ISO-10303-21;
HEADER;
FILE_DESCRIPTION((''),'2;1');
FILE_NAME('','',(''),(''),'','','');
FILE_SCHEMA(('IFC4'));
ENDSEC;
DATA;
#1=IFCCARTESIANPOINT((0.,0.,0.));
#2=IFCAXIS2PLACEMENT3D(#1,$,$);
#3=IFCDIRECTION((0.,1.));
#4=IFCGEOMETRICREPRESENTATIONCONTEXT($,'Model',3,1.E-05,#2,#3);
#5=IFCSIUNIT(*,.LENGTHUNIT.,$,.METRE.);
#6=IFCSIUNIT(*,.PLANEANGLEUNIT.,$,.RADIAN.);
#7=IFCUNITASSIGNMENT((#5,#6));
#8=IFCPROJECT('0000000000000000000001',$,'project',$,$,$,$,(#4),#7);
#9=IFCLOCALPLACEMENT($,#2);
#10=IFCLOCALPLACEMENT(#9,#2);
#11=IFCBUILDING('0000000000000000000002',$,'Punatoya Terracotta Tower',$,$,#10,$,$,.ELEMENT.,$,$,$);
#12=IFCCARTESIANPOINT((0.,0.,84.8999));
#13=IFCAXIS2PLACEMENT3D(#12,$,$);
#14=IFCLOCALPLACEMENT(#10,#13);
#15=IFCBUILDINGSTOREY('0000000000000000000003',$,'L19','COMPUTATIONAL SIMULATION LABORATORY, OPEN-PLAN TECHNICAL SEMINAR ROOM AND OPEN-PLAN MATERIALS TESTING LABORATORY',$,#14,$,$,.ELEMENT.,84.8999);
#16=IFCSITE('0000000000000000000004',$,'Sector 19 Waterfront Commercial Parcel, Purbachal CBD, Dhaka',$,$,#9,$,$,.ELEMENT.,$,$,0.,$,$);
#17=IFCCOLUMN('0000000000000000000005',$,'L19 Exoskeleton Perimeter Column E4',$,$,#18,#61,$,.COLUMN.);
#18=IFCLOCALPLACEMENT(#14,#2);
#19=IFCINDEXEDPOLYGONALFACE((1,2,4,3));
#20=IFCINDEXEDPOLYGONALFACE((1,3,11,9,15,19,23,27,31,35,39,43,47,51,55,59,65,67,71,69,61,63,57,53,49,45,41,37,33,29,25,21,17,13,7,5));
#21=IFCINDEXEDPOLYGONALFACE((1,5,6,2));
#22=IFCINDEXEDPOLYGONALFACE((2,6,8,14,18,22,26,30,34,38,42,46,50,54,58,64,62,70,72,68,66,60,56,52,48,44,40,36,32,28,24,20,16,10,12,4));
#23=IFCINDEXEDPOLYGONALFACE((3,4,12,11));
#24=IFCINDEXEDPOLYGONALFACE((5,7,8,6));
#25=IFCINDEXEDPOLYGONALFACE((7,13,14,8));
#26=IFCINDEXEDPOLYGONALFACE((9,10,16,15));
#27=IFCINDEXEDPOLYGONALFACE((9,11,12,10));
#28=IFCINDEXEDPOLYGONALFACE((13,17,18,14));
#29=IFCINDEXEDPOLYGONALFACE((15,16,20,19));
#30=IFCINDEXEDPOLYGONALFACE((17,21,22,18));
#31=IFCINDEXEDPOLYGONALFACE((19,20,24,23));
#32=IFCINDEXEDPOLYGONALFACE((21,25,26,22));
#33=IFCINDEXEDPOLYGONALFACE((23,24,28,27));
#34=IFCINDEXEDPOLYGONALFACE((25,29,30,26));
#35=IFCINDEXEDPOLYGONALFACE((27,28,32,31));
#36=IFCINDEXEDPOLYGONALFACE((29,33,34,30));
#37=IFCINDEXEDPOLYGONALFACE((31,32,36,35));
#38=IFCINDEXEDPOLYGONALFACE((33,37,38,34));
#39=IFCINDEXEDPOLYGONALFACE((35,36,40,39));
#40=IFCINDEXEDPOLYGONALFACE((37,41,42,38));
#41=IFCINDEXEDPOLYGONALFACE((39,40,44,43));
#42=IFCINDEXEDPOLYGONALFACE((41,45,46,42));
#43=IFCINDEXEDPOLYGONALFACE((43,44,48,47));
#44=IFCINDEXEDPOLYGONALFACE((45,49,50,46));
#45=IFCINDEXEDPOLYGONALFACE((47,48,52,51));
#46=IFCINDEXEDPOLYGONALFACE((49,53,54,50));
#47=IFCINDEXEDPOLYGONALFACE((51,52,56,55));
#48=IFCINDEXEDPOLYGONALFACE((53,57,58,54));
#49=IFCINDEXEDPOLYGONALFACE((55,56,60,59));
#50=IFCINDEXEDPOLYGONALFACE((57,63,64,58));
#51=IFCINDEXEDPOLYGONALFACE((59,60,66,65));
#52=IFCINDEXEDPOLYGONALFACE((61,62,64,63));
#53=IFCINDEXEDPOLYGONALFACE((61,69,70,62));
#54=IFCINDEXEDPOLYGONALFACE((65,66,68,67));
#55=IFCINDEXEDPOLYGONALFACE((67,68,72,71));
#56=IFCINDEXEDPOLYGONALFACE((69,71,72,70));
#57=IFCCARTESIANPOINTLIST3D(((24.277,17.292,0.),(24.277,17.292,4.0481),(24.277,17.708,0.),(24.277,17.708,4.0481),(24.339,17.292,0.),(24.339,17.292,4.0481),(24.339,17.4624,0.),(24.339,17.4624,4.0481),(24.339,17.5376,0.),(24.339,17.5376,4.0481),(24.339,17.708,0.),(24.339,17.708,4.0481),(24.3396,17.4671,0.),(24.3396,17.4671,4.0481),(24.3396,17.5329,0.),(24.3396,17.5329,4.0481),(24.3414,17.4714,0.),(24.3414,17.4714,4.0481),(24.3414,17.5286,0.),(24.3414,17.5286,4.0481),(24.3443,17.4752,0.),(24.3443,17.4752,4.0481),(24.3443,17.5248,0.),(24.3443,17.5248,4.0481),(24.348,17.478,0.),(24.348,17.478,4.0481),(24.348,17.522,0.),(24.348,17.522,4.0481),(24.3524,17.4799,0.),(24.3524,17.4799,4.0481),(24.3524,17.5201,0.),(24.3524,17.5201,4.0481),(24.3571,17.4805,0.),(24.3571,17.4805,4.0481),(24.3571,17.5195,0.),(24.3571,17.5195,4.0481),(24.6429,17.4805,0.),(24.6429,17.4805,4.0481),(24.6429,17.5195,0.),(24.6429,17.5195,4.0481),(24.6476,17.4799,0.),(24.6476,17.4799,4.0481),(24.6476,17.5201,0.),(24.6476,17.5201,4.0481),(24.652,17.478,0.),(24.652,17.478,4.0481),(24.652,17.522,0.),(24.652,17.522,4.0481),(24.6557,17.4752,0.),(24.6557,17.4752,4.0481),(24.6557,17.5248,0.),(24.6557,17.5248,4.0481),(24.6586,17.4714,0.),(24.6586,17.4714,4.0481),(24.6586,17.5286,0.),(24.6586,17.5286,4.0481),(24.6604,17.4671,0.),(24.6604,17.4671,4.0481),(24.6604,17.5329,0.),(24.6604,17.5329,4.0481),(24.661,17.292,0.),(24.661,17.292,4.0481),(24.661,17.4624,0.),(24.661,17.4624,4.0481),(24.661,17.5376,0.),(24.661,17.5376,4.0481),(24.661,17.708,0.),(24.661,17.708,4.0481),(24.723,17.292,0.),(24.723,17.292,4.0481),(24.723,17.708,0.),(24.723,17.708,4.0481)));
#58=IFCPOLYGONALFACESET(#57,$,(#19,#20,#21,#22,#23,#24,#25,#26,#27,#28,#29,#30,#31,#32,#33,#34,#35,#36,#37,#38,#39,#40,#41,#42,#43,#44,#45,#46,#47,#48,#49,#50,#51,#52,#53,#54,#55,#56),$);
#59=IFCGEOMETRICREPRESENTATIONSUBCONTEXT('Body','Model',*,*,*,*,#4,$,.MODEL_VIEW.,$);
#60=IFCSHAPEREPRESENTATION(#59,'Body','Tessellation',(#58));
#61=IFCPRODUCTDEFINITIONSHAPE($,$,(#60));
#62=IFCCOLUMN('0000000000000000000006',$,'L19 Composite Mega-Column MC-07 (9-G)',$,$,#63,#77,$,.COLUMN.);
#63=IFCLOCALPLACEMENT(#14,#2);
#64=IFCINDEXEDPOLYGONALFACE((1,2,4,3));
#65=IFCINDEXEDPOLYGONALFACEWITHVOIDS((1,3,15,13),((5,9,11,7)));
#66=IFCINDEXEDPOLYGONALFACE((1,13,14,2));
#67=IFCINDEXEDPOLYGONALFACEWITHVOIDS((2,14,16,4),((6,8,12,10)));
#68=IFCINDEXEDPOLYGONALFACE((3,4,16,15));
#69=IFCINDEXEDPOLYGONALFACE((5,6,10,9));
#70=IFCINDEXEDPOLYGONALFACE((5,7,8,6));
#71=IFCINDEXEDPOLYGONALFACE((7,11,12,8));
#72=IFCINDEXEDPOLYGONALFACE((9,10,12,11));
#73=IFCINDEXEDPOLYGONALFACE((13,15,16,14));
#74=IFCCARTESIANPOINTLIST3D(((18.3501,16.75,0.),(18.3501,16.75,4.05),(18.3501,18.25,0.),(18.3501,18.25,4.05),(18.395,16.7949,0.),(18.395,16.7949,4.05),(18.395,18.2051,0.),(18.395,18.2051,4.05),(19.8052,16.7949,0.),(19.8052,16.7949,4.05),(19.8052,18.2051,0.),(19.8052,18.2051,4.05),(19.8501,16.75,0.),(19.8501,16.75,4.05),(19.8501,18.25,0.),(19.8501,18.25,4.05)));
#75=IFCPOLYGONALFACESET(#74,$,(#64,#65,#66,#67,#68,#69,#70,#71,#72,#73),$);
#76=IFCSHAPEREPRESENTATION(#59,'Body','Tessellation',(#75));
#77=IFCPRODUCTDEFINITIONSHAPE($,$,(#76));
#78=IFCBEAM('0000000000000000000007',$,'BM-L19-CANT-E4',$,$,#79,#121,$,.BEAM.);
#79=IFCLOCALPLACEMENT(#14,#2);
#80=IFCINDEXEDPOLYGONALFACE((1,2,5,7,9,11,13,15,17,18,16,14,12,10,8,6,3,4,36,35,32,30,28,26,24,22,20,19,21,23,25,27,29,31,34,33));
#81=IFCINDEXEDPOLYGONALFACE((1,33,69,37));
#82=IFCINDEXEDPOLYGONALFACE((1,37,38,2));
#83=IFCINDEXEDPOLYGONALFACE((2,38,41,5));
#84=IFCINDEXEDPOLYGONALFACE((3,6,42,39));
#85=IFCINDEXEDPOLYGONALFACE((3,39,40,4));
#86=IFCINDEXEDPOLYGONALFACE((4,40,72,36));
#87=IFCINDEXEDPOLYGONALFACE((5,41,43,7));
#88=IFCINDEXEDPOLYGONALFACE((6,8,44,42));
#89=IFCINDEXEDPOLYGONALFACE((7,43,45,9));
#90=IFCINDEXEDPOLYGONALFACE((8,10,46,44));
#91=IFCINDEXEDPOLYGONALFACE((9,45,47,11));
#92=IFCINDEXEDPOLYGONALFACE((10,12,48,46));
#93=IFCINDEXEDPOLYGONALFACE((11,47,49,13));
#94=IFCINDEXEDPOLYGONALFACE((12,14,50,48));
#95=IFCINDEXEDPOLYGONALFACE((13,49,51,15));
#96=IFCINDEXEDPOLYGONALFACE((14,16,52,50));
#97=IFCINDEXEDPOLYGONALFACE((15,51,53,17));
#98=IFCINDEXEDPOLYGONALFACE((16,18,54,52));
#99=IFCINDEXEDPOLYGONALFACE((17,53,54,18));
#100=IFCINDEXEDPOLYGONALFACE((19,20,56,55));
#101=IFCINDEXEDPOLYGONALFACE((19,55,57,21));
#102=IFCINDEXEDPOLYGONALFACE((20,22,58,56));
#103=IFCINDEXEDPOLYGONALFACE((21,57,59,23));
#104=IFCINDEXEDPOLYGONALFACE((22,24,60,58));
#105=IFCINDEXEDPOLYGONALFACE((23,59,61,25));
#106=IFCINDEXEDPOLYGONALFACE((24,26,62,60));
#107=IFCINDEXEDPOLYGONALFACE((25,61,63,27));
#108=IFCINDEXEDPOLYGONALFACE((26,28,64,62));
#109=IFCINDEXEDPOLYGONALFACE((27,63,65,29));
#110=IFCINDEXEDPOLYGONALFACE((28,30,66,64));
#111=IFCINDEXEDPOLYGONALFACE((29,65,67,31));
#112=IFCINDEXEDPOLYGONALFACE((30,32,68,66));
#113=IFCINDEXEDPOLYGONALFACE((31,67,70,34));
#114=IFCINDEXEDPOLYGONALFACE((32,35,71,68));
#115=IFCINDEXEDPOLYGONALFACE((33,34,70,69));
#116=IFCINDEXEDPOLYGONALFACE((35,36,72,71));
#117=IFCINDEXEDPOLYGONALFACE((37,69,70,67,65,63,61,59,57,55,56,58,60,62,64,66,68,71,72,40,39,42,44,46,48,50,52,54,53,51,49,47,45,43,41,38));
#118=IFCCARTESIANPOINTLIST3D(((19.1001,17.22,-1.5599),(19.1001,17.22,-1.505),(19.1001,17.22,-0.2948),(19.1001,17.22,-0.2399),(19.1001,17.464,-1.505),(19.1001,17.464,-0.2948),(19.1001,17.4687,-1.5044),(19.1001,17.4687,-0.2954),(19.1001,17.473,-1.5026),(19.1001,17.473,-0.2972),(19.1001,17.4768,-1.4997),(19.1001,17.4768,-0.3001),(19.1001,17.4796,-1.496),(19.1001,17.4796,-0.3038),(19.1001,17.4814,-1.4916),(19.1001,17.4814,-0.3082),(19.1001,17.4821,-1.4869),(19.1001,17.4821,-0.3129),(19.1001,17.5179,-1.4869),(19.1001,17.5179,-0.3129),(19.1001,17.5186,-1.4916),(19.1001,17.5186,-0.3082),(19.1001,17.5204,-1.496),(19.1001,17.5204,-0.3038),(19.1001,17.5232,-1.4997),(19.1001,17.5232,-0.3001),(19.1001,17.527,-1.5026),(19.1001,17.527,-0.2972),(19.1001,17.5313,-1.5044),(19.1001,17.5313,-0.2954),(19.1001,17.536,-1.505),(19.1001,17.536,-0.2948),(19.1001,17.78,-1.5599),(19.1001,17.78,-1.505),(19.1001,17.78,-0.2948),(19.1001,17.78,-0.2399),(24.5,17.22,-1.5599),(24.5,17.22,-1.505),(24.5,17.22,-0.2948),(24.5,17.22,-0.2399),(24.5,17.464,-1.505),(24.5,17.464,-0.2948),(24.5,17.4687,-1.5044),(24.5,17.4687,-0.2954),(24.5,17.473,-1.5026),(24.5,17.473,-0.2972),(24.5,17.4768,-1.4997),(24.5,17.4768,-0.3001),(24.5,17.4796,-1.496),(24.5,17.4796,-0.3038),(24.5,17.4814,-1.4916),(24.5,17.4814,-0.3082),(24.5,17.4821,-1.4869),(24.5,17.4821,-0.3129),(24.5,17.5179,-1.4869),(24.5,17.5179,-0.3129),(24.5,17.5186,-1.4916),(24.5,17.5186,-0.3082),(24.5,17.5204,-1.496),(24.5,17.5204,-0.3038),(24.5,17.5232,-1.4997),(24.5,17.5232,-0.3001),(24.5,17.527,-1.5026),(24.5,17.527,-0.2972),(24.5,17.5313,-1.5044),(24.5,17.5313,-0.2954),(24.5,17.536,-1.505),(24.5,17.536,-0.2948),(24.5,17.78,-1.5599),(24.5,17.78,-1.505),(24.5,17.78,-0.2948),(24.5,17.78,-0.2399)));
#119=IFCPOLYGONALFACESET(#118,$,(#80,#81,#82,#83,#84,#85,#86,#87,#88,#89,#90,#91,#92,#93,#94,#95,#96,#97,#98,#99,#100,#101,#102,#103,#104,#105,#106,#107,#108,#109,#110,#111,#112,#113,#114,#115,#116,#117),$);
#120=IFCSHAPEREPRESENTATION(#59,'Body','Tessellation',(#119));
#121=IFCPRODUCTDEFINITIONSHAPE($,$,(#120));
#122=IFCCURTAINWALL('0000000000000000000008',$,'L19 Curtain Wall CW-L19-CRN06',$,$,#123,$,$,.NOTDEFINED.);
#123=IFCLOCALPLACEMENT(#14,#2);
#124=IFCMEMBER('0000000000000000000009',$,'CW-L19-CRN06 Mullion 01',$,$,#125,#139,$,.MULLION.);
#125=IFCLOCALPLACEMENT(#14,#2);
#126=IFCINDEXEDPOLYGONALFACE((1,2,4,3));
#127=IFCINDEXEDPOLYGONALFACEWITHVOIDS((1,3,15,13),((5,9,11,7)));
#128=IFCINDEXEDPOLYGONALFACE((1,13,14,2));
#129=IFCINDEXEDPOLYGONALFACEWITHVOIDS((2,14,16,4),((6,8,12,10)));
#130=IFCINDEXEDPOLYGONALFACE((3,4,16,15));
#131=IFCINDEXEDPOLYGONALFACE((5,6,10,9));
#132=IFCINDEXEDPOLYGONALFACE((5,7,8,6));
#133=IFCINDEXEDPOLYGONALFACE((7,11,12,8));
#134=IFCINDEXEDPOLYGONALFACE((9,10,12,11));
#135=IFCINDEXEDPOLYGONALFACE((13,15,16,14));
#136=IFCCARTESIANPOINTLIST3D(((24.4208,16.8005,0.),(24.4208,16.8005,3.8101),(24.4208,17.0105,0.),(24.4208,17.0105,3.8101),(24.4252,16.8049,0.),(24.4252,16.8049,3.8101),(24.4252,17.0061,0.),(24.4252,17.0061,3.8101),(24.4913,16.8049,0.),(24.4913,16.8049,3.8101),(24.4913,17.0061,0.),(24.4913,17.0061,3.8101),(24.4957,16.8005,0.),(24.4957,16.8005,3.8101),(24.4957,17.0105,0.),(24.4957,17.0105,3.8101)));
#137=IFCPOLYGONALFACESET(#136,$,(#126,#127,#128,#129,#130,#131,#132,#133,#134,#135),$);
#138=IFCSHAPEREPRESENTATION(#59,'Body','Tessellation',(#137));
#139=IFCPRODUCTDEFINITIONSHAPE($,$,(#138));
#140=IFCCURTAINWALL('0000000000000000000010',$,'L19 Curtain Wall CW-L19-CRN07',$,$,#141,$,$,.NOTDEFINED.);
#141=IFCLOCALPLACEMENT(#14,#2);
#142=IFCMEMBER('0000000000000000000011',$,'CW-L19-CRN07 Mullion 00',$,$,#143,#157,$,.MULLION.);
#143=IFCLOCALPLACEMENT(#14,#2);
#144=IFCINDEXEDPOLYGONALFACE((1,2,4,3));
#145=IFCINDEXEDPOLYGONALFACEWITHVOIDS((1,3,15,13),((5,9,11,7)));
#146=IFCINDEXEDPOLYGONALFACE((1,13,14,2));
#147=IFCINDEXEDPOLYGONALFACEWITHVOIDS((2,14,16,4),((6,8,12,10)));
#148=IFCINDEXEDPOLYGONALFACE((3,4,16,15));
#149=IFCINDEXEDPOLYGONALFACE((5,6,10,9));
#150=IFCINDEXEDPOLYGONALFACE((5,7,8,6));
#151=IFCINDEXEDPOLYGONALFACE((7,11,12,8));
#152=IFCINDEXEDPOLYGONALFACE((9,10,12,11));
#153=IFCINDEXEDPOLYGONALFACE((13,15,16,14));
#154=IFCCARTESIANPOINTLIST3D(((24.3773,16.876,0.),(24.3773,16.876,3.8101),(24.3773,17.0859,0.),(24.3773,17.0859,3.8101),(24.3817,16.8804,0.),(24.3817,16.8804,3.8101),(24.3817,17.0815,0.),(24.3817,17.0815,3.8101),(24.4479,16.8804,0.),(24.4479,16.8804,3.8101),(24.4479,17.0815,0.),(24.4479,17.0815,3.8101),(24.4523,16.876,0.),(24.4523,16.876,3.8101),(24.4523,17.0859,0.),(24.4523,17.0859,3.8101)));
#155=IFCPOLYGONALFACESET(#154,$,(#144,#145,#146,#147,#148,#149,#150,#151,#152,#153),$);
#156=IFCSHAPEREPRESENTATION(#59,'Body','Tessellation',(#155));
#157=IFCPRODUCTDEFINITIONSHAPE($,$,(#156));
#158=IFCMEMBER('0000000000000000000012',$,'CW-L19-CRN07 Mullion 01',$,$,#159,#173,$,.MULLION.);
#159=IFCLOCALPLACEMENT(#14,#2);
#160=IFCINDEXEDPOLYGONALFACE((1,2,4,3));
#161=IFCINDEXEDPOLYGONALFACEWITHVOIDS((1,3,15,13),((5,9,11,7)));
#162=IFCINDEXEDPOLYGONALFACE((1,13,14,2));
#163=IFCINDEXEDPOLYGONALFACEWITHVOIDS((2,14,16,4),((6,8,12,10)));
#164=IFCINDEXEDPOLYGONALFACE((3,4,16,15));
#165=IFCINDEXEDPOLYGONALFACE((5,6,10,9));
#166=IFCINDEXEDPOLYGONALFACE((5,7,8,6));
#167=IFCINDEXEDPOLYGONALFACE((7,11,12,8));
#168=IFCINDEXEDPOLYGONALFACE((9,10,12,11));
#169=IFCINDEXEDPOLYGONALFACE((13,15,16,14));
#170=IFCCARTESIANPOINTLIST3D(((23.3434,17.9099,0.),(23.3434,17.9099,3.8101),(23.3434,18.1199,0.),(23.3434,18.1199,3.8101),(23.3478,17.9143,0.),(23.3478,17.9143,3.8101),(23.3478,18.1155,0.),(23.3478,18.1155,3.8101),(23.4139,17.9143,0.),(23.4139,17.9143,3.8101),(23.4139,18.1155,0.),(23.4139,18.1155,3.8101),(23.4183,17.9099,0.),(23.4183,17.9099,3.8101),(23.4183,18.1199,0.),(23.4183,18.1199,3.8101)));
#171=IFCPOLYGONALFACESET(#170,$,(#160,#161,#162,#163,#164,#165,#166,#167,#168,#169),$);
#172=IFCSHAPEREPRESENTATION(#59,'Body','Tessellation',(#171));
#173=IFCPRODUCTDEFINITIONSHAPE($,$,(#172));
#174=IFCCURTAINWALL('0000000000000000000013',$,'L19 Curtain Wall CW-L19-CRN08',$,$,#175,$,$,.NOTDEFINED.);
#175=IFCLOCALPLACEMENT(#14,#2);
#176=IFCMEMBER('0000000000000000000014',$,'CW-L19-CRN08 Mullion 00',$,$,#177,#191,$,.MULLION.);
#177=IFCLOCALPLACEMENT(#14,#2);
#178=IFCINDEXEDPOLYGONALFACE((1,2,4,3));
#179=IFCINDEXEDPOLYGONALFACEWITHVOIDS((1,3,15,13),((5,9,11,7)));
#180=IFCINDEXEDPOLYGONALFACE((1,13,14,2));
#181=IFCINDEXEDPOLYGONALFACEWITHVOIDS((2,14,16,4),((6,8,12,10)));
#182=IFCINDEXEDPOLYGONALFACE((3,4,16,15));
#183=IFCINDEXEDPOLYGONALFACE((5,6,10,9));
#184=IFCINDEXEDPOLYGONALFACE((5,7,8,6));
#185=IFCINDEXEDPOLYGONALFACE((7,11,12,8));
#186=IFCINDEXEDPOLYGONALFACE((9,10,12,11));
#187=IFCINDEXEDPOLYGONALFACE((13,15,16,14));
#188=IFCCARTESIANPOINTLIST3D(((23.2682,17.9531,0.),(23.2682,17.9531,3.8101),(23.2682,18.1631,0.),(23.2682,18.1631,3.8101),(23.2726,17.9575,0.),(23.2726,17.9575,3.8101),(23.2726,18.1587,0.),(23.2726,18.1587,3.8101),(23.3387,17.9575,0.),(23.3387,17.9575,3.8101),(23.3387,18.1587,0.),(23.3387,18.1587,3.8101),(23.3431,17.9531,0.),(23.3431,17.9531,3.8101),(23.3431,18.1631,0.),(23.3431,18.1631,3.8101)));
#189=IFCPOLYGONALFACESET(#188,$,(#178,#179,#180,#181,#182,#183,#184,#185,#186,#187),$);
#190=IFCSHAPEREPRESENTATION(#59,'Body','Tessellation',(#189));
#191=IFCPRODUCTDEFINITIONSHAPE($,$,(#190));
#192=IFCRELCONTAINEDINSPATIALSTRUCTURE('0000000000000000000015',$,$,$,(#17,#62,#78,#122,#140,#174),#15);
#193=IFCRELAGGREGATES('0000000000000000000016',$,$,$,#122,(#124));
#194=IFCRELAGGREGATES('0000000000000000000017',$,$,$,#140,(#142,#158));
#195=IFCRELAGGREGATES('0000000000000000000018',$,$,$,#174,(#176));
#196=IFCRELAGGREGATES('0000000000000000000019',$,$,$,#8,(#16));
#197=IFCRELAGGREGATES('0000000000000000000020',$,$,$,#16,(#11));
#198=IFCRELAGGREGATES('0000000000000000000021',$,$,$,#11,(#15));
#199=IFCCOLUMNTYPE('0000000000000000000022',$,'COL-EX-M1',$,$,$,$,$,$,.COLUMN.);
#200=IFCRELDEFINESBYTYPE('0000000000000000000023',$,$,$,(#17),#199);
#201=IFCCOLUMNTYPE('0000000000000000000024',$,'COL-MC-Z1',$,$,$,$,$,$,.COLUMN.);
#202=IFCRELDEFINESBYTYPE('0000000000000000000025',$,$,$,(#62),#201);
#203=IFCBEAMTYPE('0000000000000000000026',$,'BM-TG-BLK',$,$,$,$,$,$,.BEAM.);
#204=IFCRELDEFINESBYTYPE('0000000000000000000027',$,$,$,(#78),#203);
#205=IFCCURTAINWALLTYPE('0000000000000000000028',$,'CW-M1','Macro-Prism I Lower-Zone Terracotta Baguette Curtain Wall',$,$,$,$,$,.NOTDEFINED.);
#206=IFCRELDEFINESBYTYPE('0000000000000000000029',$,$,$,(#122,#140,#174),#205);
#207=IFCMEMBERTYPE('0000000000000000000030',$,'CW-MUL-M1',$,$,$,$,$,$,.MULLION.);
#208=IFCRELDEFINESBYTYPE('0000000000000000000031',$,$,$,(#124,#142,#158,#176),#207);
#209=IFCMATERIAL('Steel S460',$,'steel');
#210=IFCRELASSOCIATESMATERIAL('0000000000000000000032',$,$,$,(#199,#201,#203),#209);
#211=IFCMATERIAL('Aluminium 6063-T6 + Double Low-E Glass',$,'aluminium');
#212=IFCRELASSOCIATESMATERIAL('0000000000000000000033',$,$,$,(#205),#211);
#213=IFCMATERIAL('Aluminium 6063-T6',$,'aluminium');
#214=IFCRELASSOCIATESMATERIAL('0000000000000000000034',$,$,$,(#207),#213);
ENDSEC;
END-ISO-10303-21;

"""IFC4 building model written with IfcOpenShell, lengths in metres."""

from ifc_helpers import new_model, si_unit, direction, frame, origin, origin_2d, place, context, subcontext, project, spatial, hollow_rectangle, i_section, extrude, material, material_profile, profile_set, type_object, element, aggregate, save


model = new_model("IFC4")

# Units and contexts
model_context = context("Model", 3, precision=1e-05, world=origin(), true_north=direction((0.0, 1.0)))
body_context = subcontext(model_context, "Body", "Model", "MODEL_VIEW")
ifc_project = project(units=[si_unit("LENGTHUNIT", "METRE"), si_unit("PLANEANGLEUNIT", "RADIAN")], contexts=[model_context])

# Site, building, storey
site_placement = place(None, origin())
site = spatial("IfcSite", under=ifc_project, at=site_placement, Name="Sector 19 Waterfront Commercial Parcel, Purbachal CBD, Dhaka", CompositionType="ELEMENT", RefElevation=0.0)
building_placement = place(site_placement, origin())
building = spatial("IfcBuilding", under=site, at=building_placement, Name="Punatoya Terracotta Tower", CompositionType="ELEMENT")
storey_placement = place(building_placement, frame((0.0, 0.0, 84.8999)))
storey = spatial("IfcBuildingStorey", under=building, at=storey_placement, Name="L19", Description="COMPUTATIONAL SIMULATION LABORATORY, OPEN-PLAN TECHNICAL SEMINAR ROOM AND OPEN-PLAN MATERIALS TESTING LABORATORY", CompositionType="ELEMENT", Elevation=84.8999)

# Columns
ifc_material_1 = material(Name="Steel S460", Category="steel")
ifc_material_profile_1 = material_profile(ifc_material_1, i_section(OverallWidth=0.416, OverallDepth=0.446, WebThickness=0.0391, FlangeThickness=0.062, FilletRadius=0.0181, at=origin_2d()))
ifc_profile_set_1 = profile_set([ifc_material_profile_1], Name="Steel S460")
column_type_1 = type_object("IfcColumnType", Name="COL-EX-M1", PredefinedType="COLUMN", material=ifc_profile_set_1)
column_1_placement = place(storey_placement, frame((24.5, 17.5, 0.0), z_axis=(0.0, 0.0, 1.0), x_axis=(0.0, 1.0, 0.0)))
element("IfcColumn", 1, at=column_1_placement, inside=storey, type_object=column_type_1, Name="L19 Exoskeleton Perimeter Column E4", PredefinedType="COLUMN", context=body_context, shape_type="SweptSolid", body=[
    extrude(i_section(OverallWidth=0.416, OverallDepth=0.446, WebThickness=0.0391, FlangeThickness=0.062, FilletRadius=0.0181, at=origin_2d()), origin(), (0.0, 0.0, 1.0), 4.0481),
])
ifc_material_profile_2 = material_profile(ifc_material_1, hollow_rectangle(XDim=1.5, YDim=1.5, WallThickness=0.0449, at=origin_2d()))
ifc_profile_set_2 = profile_set([ifc_material_profile_2], Name="Steel S460")
column_type_2 = type_object("IfcColumnType", Name="COL-MC-Z1", PredefinedType="COLUMN", material=ifc_profile_set_2)
column_2_placement = place(storey_placement, frame((19.1001, 17.5, 0.0), z_axis=(0.0, 0.0, 1.0), x_axis=(1.0, 0.0, 0.0)))
element("IfcColumn", 2, at=column_2_placement, inside=storey, type_object=column_type_2, Name="L19 Composite Mega-Column MC-07 (9-G)", PredefinedType="COLUMN", context=body_context, shape_type="SweptSolid", body=[
    extrude(hollow_rectangle(XDim=1.5, YDim=1.5, WallThickness=0.0449, at=origin_2d()), origin(), (0.0, 0.0, 1.0), 4.05),
])

# Beam
ifc_material_profile_3 = material_profile(ifc_material_1, i_section(OverallWidth=0.5601, OverallDepth=1.3201, WebThickness=0.0359, FlangeThickness=0.0549, FilletRadius=0.0181, at=origin_2d()))
ifc_profile_set_3 = profile_set([ifc_material_profile_3], Name="Steel S460")
beam_type = type_object("IfcBeamType", Name="BM-TG-BLK", PredefinedType="BEAM", material=ifc_profile_set_3)
beam_placement = place(storey_placement, frame((19.1001, 17.5, -0.8999), z_axis=(1.0, 0.0, 0.0), x_axis=(0.0, 1.0, 0.0)))
element("IfcBeam", 3, at=beam_placement, inside=storey, type_object=beam_type, Name="BM-L19-CANT-E4", PredefinedType="BEAM", context=body_context, shape_type="SweptSolid", body=[
    extrude(i_section(OverallWidth=0.5601, OverallDepth=1.3201, WebThickness=0.0359, FlangeThickness=0.0549, FilletRadius=0.0181, at=origin_2d()), origin(), (0.0, 0.0, 1.0), 5.3999),
])

# Curtain wall, member
ifc_material_2 = material(Name="Aluminium 6063-T6 + Double Low-E Glass", Category="aluminium")
curtain_wall_type = type_object("IfcCurtainWallType", Name="CW-M1", Description="Macro-Prism I Lower-Zone Terracotta Baguette Curtain Wall", PredefinedType="NOTDEFINED", material=ifc_material_2)
curtain_wall_1_placement = place(storey_placement, origin())
curtain_wall_1 = element("IfcCurtainWall", 4, at=curtain_wall_1_placement, inside=storey, type_object=curtain_wall_type, Name="L19 Curtain Wall CW-L19-CRN06", PredefinedType="NOTDEFINED")
ifc_material_3 = material(Name="Aluminium 6063-T6", Category="aluminium")
ifc_material_profile_4 = material_profile(ifc_material_3, hollow_rectangle(XDim=0.075, YDim=0.21, WallThickness=0.0044, at=origin_2d()))
ifc_profile_set_4 = profile_set([ifc_material_profile_4], Name="Aluminium 6063-T6")
member_type_1 = type_object("IfcMemberType", Name="CW-MUL-M1", PredefinedType="MULLION", material=ifc_profile_set_4)
member_1_placement = place(storey_placement, frame((24.4583, 16.9055, 0.0), z_axis=(0.0, 0.0, 1.0), x_axis=(1.0, 0.0, 0.0)))
member_1 = element("IfcMember", 5, at=member_1_placement, type_object=member_type_1, Name="CW-L19-CRN06 Mullion 01", PredefinedType="MULLION", context=body_context, shape_type="SweptSolid", body=[
    extrude(hollow_rectangle(XDim=0.075, YDim=0.21, WallThickness=0.0044, at=origin_2d()), origin(), (0.0, 0.0, 1.0), 3.8101),
])

# Curtain walls, members
curtain_wall_2_placement = place(storey_placement, origin())
curtain_wall_2 = element("IfcCurtainWall", 6, at=curtain_wall_2_placement, inside=storey, type_object=curtain_wall_type, Name="L19 Curtain Wall CW-L19-CRN07", PredefinedType="NOTDEFINED")
member_2_placement = place(storey_placement, frame((24.4148, 16.981, 0.0), z_axis=(0.0, 0.0, 1.0), x_axis=(1.0, 0.0, 0.0)))
member_2 = element("IfcMember", 7, at=member_2_placement, type_object=member_type_1, Name="CW-L19-CRN07 Mullion 00", PredefinedType="MULLION", context=body_context, shape_type="SweptSolid", body=[
    extrude(hollow_rectangle(XDim=0.075, YDim=0.21, WallThickness=0.0044, at=origin_2d()), origin(), (0.0, 0.0, 1.0), 3.8101),
])
member_3_placement = place(storey_placement, frame((23.3809, 18.0149, 0.0), z_axis=(0.0, 0.0, 1.0), x_axis=(1.0, 0.0, 0.0)))
member_3 = element("IfcMember", 8, at=member_3_placement, type_object=member_type_1, Name="CW-L19-CRN07 Mullion 01", PredefinedType="MULLION", context=body_context, shape_type="SweptSolid", body=[
    extrude(hollow_rectangle(XDim=0.075, YDim=0.21, WallThickness=0.0044, at=origin_2d()), origin(), (0.0, 0.0, 1.0), 3.8101),
])
curtain_wall_3_placement = place(storey_placement, origin())
curtain_wall_3 = element("IfcCurtainWall", 9, at=curtain_wall_3_placement, inside=storey, type_object=curtain_wall_type, Name="L19 Curtain Wall CW-L19-CRN08", PredefinedType="NOTDEFINED")
member_4_placement = place(storey_placement, frame((23.3057, 18.0581, 0.0), z_axis=(0.0, 0.0, 1.0), x_axis=(1.0, 0.0, 0.0)))
member_4 = element("IfcMember", 10, at=member_4_placement, type_object=member_type_1, Name="CW-L19-CRN08 Mullion 00", PredefinedType="MULLION", context=body_context, shape_type="SweptSolid", body=[
    extrude(hollow_rectangle(XDim=0.075, YDim=0.21, WallThickness=0.0044, at=origin_2d()), origin(), (0.0, 0.0, 1.0), 3.8101),
])

aggregate(curtain_wall_1, [member_1])
aggregate(curtain_wall_2, [member_2, member_3])
aggregate(curtain_wall_3, [member_4])

save(model, "model.ifc")
